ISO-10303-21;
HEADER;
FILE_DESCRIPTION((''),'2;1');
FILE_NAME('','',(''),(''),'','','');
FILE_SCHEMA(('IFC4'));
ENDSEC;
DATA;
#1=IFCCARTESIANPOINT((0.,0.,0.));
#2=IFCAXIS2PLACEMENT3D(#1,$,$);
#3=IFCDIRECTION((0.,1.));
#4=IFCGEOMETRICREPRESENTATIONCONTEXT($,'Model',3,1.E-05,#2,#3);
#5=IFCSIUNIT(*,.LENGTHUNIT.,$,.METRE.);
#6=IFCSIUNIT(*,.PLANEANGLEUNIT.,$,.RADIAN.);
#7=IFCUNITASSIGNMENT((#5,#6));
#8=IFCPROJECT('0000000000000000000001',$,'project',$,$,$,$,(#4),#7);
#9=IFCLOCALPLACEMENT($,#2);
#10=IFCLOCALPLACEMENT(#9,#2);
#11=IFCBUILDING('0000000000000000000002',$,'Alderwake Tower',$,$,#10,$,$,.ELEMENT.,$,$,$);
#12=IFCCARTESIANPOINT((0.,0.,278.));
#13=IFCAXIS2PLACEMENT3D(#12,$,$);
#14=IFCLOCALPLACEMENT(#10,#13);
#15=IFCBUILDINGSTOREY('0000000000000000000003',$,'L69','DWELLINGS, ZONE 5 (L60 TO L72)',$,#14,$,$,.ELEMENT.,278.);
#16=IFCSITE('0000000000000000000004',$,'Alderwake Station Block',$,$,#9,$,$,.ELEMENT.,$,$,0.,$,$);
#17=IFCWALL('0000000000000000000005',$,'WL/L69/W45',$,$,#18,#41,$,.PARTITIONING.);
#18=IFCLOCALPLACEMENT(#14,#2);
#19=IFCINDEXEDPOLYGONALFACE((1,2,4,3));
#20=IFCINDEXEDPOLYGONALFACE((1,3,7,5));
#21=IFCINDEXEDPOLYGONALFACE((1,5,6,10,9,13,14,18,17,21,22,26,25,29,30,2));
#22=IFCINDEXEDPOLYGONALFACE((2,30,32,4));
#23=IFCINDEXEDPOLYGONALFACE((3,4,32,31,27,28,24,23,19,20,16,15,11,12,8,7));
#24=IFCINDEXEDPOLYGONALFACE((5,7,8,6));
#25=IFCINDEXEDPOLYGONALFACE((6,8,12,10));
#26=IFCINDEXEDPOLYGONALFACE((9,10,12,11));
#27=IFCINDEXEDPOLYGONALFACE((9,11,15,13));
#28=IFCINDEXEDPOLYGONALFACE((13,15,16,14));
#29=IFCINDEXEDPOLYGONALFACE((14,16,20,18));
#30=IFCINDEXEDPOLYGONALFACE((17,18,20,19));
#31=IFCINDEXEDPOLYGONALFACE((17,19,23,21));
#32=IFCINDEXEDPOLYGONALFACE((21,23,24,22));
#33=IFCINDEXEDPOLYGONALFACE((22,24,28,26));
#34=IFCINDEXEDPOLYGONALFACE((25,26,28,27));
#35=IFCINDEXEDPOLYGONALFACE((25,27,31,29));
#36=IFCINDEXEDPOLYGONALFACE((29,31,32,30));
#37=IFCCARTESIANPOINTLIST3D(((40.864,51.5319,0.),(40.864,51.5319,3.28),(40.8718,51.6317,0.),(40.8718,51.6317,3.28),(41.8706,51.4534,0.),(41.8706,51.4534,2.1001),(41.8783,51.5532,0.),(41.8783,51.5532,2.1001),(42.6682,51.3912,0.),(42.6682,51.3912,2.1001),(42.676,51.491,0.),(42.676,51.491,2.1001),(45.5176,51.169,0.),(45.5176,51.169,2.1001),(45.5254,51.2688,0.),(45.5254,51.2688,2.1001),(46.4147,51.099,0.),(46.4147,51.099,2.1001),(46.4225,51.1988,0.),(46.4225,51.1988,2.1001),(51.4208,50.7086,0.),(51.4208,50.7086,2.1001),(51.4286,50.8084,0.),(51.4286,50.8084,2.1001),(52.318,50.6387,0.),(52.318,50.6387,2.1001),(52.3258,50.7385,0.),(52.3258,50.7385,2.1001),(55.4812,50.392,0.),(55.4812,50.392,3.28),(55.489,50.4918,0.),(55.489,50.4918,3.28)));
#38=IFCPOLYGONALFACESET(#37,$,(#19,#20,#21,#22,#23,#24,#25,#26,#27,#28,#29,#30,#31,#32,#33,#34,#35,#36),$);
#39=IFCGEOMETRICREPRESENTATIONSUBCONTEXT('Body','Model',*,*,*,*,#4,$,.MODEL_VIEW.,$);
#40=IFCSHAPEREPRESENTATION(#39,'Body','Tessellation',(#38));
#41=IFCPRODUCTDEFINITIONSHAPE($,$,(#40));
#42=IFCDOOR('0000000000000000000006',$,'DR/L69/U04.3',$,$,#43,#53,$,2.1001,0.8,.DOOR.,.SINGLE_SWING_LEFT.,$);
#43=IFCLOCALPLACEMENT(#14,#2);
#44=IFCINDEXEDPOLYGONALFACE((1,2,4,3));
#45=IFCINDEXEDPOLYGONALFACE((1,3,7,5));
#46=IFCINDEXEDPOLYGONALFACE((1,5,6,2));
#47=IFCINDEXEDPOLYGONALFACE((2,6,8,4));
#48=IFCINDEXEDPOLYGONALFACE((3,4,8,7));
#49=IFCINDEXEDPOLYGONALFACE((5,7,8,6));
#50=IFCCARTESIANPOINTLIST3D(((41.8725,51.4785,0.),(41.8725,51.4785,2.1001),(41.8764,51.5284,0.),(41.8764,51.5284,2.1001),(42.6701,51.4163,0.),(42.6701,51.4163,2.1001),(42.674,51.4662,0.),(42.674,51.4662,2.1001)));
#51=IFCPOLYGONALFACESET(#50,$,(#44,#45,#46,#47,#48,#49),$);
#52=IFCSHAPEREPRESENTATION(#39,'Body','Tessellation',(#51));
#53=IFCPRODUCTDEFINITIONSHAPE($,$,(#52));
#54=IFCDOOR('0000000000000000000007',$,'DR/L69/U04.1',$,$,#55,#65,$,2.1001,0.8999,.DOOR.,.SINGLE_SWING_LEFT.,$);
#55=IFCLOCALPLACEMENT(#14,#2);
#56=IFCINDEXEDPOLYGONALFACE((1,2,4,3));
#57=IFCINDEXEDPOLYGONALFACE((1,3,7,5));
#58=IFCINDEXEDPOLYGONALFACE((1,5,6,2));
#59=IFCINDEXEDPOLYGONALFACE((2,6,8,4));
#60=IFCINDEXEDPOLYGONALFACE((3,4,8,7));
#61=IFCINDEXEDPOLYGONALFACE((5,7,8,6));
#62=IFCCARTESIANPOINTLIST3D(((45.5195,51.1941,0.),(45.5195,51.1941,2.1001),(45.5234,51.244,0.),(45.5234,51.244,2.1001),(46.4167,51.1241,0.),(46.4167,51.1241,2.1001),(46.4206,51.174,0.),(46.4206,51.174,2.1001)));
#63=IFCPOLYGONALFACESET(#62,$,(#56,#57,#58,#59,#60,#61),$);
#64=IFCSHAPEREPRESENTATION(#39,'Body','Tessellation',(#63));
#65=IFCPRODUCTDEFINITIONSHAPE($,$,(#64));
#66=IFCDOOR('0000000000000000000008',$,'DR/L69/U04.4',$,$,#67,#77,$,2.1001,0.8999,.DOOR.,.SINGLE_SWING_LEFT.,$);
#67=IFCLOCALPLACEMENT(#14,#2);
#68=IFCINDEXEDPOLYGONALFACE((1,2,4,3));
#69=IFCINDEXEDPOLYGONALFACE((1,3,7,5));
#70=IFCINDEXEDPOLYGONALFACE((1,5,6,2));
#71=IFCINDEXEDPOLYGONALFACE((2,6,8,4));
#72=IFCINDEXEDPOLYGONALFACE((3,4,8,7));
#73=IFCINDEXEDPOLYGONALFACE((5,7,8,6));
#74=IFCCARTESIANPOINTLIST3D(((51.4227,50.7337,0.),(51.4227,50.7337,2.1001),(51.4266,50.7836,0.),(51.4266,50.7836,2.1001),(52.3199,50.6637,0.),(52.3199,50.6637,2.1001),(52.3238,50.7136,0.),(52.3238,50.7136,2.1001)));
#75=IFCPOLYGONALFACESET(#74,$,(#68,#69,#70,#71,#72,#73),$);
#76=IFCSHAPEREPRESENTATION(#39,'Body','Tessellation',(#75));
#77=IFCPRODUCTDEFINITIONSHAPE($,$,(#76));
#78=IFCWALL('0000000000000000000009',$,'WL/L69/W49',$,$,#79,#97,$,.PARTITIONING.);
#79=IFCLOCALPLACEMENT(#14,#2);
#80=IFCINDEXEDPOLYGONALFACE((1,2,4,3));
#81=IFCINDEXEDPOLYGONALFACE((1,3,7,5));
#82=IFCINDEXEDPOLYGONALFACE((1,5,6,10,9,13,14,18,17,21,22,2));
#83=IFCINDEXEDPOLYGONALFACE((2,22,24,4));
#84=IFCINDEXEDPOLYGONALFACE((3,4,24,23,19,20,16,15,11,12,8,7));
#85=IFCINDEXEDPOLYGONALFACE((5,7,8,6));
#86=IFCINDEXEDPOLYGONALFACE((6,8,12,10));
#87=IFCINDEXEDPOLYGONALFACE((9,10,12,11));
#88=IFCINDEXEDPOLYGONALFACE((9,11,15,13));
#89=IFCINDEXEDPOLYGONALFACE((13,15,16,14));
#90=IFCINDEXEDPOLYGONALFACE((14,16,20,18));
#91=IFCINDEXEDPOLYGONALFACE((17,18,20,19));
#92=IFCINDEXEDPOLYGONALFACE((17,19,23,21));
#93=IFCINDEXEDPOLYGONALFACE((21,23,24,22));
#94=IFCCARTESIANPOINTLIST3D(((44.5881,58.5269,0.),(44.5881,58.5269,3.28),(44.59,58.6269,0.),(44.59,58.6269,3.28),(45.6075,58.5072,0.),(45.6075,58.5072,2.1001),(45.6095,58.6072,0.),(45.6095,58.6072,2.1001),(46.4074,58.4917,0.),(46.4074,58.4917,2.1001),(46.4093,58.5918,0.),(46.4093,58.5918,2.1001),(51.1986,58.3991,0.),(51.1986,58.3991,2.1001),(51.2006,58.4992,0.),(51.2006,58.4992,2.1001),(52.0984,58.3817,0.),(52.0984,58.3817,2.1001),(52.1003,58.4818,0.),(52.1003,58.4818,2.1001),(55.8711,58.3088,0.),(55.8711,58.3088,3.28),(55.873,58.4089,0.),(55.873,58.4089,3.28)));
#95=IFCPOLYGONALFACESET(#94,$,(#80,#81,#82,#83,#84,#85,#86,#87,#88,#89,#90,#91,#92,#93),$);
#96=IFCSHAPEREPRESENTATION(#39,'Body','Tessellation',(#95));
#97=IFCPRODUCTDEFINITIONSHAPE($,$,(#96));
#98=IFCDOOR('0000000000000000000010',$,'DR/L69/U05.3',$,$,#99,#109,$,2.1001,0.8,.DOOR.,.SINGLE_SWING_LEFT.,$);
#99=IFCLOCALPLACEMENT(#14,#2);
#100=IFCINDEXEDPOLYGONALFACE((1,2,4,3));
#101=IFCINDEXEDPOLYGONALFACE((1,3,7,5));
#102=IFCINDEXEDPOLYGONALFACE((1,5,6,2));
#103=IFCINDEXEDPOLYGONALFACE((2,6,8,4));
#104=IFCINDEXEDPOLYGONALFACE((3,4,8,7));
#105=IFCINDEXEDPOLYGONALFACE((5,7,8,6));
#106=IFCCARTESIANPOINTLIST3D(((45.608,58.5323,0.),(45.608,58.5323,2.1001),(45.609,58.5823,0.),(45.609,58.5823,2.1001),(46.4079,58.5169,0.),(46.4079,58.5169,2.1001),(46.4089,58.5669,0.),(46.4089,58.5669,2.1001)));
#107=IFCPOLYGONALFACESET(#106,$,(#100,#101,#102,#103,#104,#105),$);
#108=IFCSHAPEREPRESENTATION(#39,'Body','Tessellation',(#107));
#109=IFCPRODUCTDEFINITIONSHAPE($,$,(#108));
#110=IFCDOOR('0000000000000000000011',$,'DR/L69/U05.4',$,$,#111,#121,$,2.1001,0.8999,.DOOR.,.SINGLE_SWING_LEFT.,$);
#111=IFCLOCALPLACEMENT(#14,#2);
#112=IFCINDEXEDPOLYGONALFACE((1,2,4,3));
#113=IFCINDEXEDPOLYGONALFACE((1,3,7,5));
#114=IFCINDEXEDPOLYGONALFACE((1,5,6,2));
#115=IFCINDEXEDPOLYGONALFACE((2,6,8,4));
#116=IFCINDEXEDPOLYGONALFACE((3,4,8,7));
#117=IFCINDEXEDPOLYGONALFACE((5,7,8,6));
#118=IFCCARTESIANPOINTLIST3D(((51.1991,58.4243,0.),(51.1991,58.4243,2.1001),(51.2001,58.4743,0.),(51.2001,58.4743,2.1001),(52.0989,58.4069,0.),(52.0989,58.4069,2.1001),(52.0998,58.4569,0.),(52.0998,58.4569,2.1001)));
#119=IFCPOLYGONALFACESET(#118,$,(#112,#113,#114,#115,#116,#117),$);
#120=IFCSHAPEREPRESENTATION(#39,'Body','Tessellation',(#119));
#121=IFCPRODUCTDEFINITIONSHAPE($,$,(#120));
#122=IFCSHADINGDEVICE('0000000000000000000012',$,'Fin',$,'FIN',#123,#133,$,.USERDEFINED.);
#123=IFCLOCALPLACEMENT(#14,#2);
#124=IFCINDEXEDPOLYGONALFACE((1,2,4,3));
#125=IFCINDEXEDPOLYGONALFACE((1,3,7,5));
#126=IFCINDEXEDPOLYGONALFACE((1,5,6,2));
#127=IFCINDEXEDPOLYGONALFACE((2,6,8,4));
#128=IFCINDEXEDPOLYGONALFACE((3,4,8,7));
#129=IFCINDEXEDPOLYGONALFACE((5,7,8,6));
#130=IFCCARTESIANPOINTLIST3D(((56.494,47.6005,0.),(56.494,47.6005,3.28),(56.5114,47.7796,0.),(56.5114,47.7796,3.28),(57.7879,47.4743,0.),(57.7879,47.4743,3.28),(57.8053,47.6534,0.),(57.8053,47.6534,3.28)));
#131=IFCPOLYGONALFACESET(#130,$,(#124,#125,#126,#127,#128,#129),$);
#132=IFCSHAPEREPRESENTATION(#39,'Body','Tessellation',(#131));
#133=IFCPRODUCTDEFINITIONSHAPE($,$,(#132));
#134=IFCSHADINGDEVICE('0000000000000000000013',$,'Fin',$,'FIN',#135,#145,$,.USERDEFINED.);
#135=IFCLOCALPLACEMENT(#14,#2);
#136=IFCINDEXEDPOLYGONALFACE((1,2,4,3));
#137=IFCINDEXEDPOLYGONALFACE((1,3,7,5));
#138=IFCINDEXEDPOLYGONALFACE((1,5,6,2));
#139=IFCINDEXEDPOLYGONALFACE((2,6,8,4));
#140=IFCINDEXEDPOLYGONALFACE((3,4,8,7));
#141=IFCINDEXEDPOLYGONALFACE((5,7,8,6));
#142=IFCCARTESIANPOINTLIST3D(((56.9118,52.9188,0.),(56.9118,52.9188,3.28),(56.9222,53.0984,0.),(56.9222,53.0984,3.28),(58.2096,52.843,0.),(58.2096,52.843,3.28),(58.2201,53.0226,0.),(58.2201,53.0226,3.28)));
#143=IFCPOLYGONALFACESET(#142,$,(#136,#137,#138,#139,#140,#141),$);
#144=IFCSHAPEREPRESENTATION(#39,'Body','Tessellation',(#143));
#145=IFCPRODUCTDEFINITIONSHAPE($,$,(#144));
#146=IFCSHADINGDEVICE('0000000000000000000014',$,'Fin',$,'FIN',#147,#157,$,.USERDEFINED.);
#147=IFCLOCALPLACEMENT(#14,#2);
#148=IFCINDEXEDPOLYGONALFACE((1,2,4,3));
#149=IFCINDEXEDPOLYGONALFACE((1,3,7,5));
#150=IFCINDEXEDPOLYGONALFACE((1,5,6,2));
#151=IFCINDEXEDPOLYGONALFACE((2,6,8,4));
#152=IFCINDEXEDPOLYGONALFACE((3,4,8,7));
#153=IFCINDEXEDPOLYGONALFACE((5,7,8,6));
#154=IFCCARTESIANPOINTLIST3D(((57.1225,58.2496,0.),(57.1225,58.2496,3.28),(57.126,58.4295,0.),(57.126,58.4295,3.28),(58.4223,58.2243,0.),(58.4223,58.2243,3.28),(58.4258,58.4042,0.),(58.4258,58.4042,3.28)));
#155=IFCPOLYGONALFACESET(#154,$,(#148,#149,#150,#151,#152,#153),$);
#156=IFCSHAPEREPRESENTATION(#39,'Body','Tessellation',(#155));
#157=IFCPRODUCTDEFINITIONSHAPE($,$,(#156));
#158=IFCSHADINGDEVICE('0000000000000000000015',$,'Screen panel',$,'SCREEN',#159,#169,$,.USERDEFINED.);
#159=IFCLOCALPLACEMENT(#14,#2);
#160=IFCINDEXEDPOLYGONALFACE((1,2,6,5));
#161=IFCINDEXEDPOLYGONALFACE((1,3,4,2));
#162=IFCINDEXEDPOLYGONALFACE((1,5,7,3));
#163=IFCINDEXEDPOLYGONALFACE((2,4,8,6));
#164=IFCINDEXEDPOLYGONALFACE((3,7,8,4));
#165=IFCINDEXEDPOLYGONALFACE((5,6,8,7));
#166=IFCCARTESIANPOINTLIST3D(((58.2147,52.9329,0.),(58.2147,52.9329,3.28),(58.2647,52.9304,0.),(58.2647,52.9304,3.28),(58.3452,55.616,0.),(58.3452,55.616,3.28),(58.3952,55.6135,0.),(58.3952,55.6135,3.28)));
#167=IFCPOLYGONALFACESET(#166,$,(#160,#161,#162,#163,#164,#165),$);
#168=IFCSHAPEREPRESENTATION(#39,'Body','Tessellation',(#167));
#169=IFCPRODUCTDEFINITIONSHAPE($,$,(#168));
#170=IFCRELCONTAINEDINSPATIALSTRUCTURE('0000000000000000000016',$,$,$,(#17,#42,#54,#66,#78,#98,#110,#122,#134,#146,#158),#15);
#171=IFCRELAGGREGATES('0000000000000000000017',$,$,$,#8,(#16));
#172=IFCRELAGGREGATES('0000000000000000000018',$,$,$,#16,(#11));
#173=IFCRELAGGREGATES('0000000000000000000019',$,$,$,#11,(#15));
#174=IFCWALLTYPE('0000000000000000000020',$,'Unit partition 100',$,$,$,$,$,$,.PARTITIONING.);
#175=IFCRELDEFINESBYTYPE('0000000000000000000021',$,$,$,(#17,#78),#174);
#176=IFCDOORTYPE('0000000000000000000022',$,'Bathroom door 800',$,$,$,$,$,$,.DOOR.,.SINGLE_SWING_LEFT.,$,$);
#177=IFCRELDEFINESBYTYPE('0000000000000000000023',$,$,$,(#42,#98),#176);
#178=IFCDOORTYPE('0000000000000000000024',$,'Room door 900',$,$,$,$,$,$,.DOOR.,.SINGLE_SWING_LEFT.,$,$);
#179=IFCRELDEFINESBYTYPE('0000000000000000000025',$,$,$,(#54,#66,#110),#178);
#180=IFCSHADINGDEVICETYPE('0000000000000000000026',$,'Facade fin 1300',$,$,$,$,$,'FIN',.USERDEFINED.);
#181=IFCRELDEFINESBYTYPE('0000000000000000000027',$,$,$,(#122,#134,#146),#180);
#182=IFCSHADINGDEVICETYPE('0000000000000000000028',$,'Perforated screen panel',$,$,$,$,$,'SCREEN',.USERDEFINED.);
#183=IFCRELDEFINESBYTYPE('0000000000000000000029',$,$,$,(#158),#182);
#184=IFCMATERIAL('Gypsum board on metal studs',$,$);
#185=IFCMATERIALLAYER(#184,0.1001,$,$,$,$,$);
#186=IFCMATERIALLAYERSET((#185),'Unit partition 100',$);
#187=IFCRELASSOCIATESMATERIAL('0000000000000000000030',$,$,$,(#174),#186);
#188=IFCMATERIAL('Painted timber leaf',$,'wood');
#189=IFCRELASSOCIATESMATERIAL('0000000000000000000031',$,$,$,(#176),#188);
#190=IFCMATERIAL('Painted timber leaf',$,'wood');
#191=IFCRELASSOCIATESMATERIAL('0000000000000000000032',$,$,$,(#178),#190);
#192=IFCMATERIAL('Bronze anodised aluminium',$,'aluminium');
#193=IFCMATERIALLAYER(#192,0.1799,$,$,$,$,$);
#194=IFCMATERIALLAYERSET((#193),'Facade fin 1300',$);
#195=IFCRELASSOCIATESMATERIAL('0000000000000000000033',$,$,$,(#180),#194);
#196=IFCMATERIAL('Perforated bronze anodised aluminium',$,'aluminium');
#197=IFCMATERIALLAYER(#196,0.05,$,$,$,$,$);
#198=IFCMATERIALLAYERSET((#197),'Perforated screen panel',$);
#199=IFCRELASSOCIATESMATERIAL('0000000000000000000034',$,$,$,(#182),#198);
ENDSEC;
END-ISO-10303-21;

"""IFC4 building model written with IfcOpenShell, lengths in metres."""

from ifc_helpers import new_model, si_unit, direction, frame, frame_2d, origin, origin_2d, place, context, subcontext, project, spatial, rectangle, extrude, material, layer, layer_set, type_object, element, fill, save


model = new_model("IFC4")

# Units and contexts
model_context = context("Model", 3, precision=1e-05, world=origin(), true_north=direction((0.0, 1.0)))
body_context = subcontext(model_context, "Body", "Model", "MODEL_VIEW")
ifc_project = project(units=[si_unit("LENGTHUNIT", "METRE"), si_unit("PLANEANGLEUNIT", "RADIAN")], contexts=[model_context])

# Site, building, storey
site_placement = place(None, origin())
site = spatial("IfcSite", under=ifc_project, at=site_placement, Name="Alderwake Station Block", CompositionType="ELEMENT", RefElevation=0.0)
building_placement = place(site_placement, origin())
building = spatial("IfcBuilding", under=site, at=building_placement, Name="Alderwake Tower", CompositionType="ELEMENT")
storey_placement = place(building_placement, frame((0.0, 0.0, 278.0)))
storey = spatial("IfcBuildingStorey", under=building, at=storey_placement, Name="L69", Description="DWELLINGS, ZONE 5 (L60 TO L72)", CompositionType="ELEMENT", Elevation=278.0)

# Walls, openings, doors
ifc_material_1 = material(Name="Gypsum board on metal studs")
ifc_layer_1 = layer(ifc_material_1, 0.1001)
ifc_layer_set_1 = layer_set([ifc_layer_1], Name="Unit partition 100")
wall_type_1 = type_object("IfcWallType", Name="Unit partition 100", PredefinedType="PARTITIONING", material=ifc_layer_set_1)
wall_1_placement = place(storey_placement, frame((55.4851, 50.4419, 0.0), z_axis=(0.0, 0.0, 1.0), x_axis=(-0.996973, 0.077747, 0.0)))
wall_1 = element("IfcWall", 1, at=wall_1_placement, inside=storey, type_object=wall_type_1, Name="WL/L69/W45", PredefinedType="PARTITIONING", context=body_context, shape_type="SweptSolid", body=[
    extrude(rectangle(XDim=14.6616, YDim=0.1001, at=frame_2d((7.3308, 0.0))), origin(), (0.0, 0.0, 1.0), 3.28),
])
opening_1_placement = place(wall_1_placement, frame((9.094, 0.0, 0.0)))
opening_1 = element("IfcOpeningElement", 2, at=opening_1_placement, cuts=wall_1, PredefinedType="OPENING", context=body_context, shape_type="SweptSolid", body=[
    extrude(rectangle(XDim=0.8999, YDim=2.1001, at=frame_2d((0.45, 1.05))), frame((0.0, 0.0601, 0.0), z_axis=(0.0, -1.0, 0.0), x_axis=(1.0, 0.0, 0.0)), (0.0, 0.0, 1.0), 0.1201),
])
opening_2_placement = place(wall_1_placement, frame((12.8521, 0.0, 0.0)))
opening_2 = element("IfcOpeningElement", 3, at=opening_2_placement, cuts=wall_1, PredefinedType="OPENING", context=body_context, shape_type="SweptSolid", body=[
    extrude(rectangle(XDim=0.8, YDim=2.1001, at=frame_2d((0.3999, 1.05))), frame((0.0, 0.0601, 0.0), z_axis=(0.0, -1.0, 0.0), x_axis=(1.0, 0.0, 0.0)), (0.0, 0.0, 1.0), 0.1201),
])
opening_3_placement = place(wall_1_placement, frame((3.1729, 0.0, 0.0)))
opening_3 = element("IfcOpeningElement", 4, at=opening_3_placement, cuts=wall_1, PredefinedType="OPENING", context=body_context, shape_type="SweptSolid", body=[
    extrude(rectangle(XDim=0.8999, YDim=2.1001, at=frame_2d((0.45, 1.05))), frame((0.0, 0.0601, 0.0), z_axis=(0.0, -1.0, 0.0), x_axis=(1.0, 0.0, 0.0)), (0.0, 0.0, 1.0), 0.1201),
])
ifc_material_2 = material(Name="Painted timber leaf", Category="wood")
door_type_1 = type_object("IfcDoorType", Name="Bathroom door 800", OperationType="SINGLE_SWING_LEFT", PredefinedType="DOOR", material=ifc_material_2)
door_1_placement = place(opening_2_placement, origin())
door_1 = element("IfcDoor", 5, at=door_1_placement, inside=storey, type_object=door_type_1, Name="DR/L69/U04.3", OperationType="SINGLE_SWING_LEFT", OverallHeight=2.1001, OverallWidth=0.8, PredefinedType="DOOR", context=body_context, shape_type="SweptSolid", body=[
    extrude(rectangle(XDim=0.8, YDim=2.1001, at=frame_2d((0.3999, 1.05))), frame((0.0, 0.0249, 0.0), z_axis=(0.0, -1.0, 0.0), x_axis=(1.0, 0.0, 0.0)), (0.0, 0.0, 1.0), 0.05),
])
fill(opening_2, door_1)
ifc_material_3 = material(Name="Painted timber leaf", Category="wood")
door_type_2 = type_object("IfcDoorType", Name="Room door 900", OperationType="SINGLE_SWING_LEFT", PredefinedType="DOOR", material=ifc_material_3)
door_2_placement = place(opening_1_placement, origin())
door_2 = element("IfcDoor", 6, at=door_2_placement, inside=storey, type_object=door_type_2, Name="DR/L69/U04.1", OperationType="SINGLE_SWING_LEFT", OverallHeight=2.1001, OverallWidth=0.8999, PredefinedType="DOOR", context=body_context, shape_type="SweptSolid", body=[
    extrude(rectangle(XDim=0.8999, YDim=2.1001, at=frame_2d((0.45, 1.05))), frame((0.0, 0.0249, 0.0), z_axis=(0.0, -1.0, 0.0), x_axis=(1.0, 0.0, 0.0)), (0.0, 0.0, 1.0), 0.05),
])
fill(opening_1, door_2)
door_3_placement = place(opening_3_placement, origin())
door_3 = element("IfcDoor", 7, at=door_3_placement, inside=storey, type_object=door_type_2, Name="DR/L69/U04.4", OperationType="SINGLE_SWING_LEFT", OverallHeight=2.1001, OverallWidth=0.8999, PredefinedType="DOOR", context=body_context, shape_type="SweptSolid", body=[
    extrude(rectangle(XDim=0.8999, YDim=2.1001, at=frame_2d((0.45, 1.05))), frame((0.0, 0.0249, 0.0), z_axis=(0.0, -1.0, 0.0), x_axis=(1.0, 0.0, 0.0)), (0.0, 0.0, 1.0), 0.05),
])
fill(opening_3, door_3)
wall_2_placement = place(storey_placement, frame((55.8721, 58.3589, 0.0), z_axis=(0.0, 0.0, 1.0), x_axis=(-0.999813, 0.019319, 0.0)))
wall_2 = element("IfcWall", 8, at=wall_2_placement, inside=storey, type_object=wall_type_1, Name="WL/L69/W49", PredefinedType="PARTITIONING", context=body_context, shape_type="SweptSolid", body=[
    extrude(rectangle(XDim=11.2852, YDim=0.1001, at=frame_2d((5.6426, 0.0))), origin(), (0.0, 0.0, 1.0), 3.28),
])
opening_4_placement = place(wall_2_placement, frame((9.4656, 0.0, 0.0)))
opening_4 = element("IfcOpeningElement", 9, at=opening_4_placement, cuts=wall_2, PredefinedType="OPENING", context=body_context, shape_type="SweptSolid", body=[
    extrude(rectangle(XDim=0.8, YDim=2.1001, at=frame_2d((0.3999, 1.05))), frame((0.0, 0.0601, 0.0), z_axis=(0.0, -1.0, 0.0), x_axis=(1.0, 0.0, 0.0)), (0.0, 0.0, 1.0), 0.1201),
])
opening_5_placement = place(wall_2_placement, frame((3.7734, 0.0, 0.0)))
opening_5 = element("IfcOpeningElement", 10, at=opening_5_placement, cuts=wall_2, PredefinedType="OPENING", context=body_context, shape_type="SweptSolid", body=[
    extrude(rectangle(XDim=0.8999, YDim=2.1001, at=frame_2d((0.45, 1.05))), frame((0.0, 0.0601, 0.0), z_axis=(0.0, -1.0, 0.0), x_axis=(1.0, 0.0, 0.0)), (0.0, 0.0, 1.0), 0.1201),
])
door_4_placement = place(opening_4_placement, origin())
door_4 = element("IfcDoor", 11, at=door_4_placement, inside=storey, type_object=door_type_1, Name="DR/L69/U05.3", OperationType="SINGLE_SWING_LEFT", OverallHeight=2.1001, OverallWidth=0.8, PredefinedType="DOOR", context=body_context, shape_type="SweptSolid", body=[
    extrude(rectangle(XDim=0.8, YDim=2.1001, at=frame_2d((0.3999, 1.05))), frame((0.0, 0.0249, 0.0), z_axis=(0.0, -1.0, 0.0), x_axis=(1.0, 0.0, 0.0)), (0.0, 0.0, 1.0), 0.05),
])
fill(opening_4, door_4)
door_5_placement = place(opening_5_placement, origin())
door_5 = element("IfcDoor", 12, at=door_5_placement, inside=storey, type_object=door_type_2, Name="DR/L69/U05.4", OperationType="SINGLE_SWING_LEFT", OverallHeight=2.1001, OverallWidth=0.8999, PredefinedType="DOOR", context=body_context, shape_type="SweptSolid", body=[
    extrude(rectangle(XDim=0.8999, YDim=2.1001, at=frame_2d((0.45, 1.05))), frame((0.0, 0.0249, 0.0), z_axis=(0.0, -1.0, 0.0), x_axis=(1.0, 0.0, 0.0)), (0.0, 0.0, 1.0), 0.05),
])
fill(opening_5, door_5)

# Shading devices
ifc_material_4 = material(Name="Bronze anodised aluminium", Category="aluminium")
ifc_layer_2 = layer(ifc_material_4, 0.1799)
ifc_layer_set_2 = layer_set([ifc_layer_2], Name="Facade fin 1300")
shading_device_type_1 = type_object("IfcShadingDeviceType", Name="Facade fin 1300", ElementType="FIN", PredefinedType="USERDEFINED", material=ifc_layer_set_2)
for number, where, z_axis, x_axis, name in (
    (13, (57.1497, 47.627, 0.0), (0.0, 0.0, 1.0), (0.99528, -0.097046, 0.0), "Fin"),
    (14, (57.5659, 52.9707, 0.0), (0.0, 0.0, 1.0), (0.998301, -0.058266, 0.0), "Fin"),
    (15, (57.7742, 58.3269, 0.0), (0.0, 0.0, 1.0), (0.999812, -0.019398, 0.0), "Fin"),
):
    element("IfcShadingDevice", number, at=place(storey_placement, frame(where, z_axis=z_axis, x_axis=x_axis)), inside=storey, type_object=shading_device_type_1, Name=name, ObjectType="FIN", PredefinedType="USERDEFINED", context=body_context, shape_type="SweptSolid", body=[
        extrude(rectangle(XDim=1.3, YDim=0.1799, at=origin_2d()), origin(), (0.0, 0.0, 1.0), 3.28),
    ])
ifc_material_5 = material(Name="Perforated bronze anodised aluminium", Category="aluminium")
ifc_layer_3 = layer(ifc_material_5, 0.05)
ifc_layer_set_3 = layer_set([ifc_layer_3], Name="Perforated screen panel")
shading_device_type_2 = type_object("IfcShadingDeviceType", Name="Perforated screen panel", ElementType="SCREEN", PredefinedType="USERDEFINED", material=ifc_layer_set_3)
shading_device_placement = place(storey_placement, frame((58.3049, 54.2732, 0.0), z_axis=(0.0, 0.0, 1.0), x_axis=(0.998819, -0.048581, 0.0)))
element("IfcShadingDevice", 16, at=shading_device_placement, inside=storey, type_object=shading_device_type_2, Name="Screen panel", ObjectType="SCREEN", PredefinedType="USERDEFINED", context=body_context, shape_type="SweptSolid", body=[
    extrude(rectangle(XDim=0.05, YDim=2.6863, at=origin_2d()), origin(), (0.0, 0.0, 1.0), 3.28),
])

save(model, "model.ifc")
